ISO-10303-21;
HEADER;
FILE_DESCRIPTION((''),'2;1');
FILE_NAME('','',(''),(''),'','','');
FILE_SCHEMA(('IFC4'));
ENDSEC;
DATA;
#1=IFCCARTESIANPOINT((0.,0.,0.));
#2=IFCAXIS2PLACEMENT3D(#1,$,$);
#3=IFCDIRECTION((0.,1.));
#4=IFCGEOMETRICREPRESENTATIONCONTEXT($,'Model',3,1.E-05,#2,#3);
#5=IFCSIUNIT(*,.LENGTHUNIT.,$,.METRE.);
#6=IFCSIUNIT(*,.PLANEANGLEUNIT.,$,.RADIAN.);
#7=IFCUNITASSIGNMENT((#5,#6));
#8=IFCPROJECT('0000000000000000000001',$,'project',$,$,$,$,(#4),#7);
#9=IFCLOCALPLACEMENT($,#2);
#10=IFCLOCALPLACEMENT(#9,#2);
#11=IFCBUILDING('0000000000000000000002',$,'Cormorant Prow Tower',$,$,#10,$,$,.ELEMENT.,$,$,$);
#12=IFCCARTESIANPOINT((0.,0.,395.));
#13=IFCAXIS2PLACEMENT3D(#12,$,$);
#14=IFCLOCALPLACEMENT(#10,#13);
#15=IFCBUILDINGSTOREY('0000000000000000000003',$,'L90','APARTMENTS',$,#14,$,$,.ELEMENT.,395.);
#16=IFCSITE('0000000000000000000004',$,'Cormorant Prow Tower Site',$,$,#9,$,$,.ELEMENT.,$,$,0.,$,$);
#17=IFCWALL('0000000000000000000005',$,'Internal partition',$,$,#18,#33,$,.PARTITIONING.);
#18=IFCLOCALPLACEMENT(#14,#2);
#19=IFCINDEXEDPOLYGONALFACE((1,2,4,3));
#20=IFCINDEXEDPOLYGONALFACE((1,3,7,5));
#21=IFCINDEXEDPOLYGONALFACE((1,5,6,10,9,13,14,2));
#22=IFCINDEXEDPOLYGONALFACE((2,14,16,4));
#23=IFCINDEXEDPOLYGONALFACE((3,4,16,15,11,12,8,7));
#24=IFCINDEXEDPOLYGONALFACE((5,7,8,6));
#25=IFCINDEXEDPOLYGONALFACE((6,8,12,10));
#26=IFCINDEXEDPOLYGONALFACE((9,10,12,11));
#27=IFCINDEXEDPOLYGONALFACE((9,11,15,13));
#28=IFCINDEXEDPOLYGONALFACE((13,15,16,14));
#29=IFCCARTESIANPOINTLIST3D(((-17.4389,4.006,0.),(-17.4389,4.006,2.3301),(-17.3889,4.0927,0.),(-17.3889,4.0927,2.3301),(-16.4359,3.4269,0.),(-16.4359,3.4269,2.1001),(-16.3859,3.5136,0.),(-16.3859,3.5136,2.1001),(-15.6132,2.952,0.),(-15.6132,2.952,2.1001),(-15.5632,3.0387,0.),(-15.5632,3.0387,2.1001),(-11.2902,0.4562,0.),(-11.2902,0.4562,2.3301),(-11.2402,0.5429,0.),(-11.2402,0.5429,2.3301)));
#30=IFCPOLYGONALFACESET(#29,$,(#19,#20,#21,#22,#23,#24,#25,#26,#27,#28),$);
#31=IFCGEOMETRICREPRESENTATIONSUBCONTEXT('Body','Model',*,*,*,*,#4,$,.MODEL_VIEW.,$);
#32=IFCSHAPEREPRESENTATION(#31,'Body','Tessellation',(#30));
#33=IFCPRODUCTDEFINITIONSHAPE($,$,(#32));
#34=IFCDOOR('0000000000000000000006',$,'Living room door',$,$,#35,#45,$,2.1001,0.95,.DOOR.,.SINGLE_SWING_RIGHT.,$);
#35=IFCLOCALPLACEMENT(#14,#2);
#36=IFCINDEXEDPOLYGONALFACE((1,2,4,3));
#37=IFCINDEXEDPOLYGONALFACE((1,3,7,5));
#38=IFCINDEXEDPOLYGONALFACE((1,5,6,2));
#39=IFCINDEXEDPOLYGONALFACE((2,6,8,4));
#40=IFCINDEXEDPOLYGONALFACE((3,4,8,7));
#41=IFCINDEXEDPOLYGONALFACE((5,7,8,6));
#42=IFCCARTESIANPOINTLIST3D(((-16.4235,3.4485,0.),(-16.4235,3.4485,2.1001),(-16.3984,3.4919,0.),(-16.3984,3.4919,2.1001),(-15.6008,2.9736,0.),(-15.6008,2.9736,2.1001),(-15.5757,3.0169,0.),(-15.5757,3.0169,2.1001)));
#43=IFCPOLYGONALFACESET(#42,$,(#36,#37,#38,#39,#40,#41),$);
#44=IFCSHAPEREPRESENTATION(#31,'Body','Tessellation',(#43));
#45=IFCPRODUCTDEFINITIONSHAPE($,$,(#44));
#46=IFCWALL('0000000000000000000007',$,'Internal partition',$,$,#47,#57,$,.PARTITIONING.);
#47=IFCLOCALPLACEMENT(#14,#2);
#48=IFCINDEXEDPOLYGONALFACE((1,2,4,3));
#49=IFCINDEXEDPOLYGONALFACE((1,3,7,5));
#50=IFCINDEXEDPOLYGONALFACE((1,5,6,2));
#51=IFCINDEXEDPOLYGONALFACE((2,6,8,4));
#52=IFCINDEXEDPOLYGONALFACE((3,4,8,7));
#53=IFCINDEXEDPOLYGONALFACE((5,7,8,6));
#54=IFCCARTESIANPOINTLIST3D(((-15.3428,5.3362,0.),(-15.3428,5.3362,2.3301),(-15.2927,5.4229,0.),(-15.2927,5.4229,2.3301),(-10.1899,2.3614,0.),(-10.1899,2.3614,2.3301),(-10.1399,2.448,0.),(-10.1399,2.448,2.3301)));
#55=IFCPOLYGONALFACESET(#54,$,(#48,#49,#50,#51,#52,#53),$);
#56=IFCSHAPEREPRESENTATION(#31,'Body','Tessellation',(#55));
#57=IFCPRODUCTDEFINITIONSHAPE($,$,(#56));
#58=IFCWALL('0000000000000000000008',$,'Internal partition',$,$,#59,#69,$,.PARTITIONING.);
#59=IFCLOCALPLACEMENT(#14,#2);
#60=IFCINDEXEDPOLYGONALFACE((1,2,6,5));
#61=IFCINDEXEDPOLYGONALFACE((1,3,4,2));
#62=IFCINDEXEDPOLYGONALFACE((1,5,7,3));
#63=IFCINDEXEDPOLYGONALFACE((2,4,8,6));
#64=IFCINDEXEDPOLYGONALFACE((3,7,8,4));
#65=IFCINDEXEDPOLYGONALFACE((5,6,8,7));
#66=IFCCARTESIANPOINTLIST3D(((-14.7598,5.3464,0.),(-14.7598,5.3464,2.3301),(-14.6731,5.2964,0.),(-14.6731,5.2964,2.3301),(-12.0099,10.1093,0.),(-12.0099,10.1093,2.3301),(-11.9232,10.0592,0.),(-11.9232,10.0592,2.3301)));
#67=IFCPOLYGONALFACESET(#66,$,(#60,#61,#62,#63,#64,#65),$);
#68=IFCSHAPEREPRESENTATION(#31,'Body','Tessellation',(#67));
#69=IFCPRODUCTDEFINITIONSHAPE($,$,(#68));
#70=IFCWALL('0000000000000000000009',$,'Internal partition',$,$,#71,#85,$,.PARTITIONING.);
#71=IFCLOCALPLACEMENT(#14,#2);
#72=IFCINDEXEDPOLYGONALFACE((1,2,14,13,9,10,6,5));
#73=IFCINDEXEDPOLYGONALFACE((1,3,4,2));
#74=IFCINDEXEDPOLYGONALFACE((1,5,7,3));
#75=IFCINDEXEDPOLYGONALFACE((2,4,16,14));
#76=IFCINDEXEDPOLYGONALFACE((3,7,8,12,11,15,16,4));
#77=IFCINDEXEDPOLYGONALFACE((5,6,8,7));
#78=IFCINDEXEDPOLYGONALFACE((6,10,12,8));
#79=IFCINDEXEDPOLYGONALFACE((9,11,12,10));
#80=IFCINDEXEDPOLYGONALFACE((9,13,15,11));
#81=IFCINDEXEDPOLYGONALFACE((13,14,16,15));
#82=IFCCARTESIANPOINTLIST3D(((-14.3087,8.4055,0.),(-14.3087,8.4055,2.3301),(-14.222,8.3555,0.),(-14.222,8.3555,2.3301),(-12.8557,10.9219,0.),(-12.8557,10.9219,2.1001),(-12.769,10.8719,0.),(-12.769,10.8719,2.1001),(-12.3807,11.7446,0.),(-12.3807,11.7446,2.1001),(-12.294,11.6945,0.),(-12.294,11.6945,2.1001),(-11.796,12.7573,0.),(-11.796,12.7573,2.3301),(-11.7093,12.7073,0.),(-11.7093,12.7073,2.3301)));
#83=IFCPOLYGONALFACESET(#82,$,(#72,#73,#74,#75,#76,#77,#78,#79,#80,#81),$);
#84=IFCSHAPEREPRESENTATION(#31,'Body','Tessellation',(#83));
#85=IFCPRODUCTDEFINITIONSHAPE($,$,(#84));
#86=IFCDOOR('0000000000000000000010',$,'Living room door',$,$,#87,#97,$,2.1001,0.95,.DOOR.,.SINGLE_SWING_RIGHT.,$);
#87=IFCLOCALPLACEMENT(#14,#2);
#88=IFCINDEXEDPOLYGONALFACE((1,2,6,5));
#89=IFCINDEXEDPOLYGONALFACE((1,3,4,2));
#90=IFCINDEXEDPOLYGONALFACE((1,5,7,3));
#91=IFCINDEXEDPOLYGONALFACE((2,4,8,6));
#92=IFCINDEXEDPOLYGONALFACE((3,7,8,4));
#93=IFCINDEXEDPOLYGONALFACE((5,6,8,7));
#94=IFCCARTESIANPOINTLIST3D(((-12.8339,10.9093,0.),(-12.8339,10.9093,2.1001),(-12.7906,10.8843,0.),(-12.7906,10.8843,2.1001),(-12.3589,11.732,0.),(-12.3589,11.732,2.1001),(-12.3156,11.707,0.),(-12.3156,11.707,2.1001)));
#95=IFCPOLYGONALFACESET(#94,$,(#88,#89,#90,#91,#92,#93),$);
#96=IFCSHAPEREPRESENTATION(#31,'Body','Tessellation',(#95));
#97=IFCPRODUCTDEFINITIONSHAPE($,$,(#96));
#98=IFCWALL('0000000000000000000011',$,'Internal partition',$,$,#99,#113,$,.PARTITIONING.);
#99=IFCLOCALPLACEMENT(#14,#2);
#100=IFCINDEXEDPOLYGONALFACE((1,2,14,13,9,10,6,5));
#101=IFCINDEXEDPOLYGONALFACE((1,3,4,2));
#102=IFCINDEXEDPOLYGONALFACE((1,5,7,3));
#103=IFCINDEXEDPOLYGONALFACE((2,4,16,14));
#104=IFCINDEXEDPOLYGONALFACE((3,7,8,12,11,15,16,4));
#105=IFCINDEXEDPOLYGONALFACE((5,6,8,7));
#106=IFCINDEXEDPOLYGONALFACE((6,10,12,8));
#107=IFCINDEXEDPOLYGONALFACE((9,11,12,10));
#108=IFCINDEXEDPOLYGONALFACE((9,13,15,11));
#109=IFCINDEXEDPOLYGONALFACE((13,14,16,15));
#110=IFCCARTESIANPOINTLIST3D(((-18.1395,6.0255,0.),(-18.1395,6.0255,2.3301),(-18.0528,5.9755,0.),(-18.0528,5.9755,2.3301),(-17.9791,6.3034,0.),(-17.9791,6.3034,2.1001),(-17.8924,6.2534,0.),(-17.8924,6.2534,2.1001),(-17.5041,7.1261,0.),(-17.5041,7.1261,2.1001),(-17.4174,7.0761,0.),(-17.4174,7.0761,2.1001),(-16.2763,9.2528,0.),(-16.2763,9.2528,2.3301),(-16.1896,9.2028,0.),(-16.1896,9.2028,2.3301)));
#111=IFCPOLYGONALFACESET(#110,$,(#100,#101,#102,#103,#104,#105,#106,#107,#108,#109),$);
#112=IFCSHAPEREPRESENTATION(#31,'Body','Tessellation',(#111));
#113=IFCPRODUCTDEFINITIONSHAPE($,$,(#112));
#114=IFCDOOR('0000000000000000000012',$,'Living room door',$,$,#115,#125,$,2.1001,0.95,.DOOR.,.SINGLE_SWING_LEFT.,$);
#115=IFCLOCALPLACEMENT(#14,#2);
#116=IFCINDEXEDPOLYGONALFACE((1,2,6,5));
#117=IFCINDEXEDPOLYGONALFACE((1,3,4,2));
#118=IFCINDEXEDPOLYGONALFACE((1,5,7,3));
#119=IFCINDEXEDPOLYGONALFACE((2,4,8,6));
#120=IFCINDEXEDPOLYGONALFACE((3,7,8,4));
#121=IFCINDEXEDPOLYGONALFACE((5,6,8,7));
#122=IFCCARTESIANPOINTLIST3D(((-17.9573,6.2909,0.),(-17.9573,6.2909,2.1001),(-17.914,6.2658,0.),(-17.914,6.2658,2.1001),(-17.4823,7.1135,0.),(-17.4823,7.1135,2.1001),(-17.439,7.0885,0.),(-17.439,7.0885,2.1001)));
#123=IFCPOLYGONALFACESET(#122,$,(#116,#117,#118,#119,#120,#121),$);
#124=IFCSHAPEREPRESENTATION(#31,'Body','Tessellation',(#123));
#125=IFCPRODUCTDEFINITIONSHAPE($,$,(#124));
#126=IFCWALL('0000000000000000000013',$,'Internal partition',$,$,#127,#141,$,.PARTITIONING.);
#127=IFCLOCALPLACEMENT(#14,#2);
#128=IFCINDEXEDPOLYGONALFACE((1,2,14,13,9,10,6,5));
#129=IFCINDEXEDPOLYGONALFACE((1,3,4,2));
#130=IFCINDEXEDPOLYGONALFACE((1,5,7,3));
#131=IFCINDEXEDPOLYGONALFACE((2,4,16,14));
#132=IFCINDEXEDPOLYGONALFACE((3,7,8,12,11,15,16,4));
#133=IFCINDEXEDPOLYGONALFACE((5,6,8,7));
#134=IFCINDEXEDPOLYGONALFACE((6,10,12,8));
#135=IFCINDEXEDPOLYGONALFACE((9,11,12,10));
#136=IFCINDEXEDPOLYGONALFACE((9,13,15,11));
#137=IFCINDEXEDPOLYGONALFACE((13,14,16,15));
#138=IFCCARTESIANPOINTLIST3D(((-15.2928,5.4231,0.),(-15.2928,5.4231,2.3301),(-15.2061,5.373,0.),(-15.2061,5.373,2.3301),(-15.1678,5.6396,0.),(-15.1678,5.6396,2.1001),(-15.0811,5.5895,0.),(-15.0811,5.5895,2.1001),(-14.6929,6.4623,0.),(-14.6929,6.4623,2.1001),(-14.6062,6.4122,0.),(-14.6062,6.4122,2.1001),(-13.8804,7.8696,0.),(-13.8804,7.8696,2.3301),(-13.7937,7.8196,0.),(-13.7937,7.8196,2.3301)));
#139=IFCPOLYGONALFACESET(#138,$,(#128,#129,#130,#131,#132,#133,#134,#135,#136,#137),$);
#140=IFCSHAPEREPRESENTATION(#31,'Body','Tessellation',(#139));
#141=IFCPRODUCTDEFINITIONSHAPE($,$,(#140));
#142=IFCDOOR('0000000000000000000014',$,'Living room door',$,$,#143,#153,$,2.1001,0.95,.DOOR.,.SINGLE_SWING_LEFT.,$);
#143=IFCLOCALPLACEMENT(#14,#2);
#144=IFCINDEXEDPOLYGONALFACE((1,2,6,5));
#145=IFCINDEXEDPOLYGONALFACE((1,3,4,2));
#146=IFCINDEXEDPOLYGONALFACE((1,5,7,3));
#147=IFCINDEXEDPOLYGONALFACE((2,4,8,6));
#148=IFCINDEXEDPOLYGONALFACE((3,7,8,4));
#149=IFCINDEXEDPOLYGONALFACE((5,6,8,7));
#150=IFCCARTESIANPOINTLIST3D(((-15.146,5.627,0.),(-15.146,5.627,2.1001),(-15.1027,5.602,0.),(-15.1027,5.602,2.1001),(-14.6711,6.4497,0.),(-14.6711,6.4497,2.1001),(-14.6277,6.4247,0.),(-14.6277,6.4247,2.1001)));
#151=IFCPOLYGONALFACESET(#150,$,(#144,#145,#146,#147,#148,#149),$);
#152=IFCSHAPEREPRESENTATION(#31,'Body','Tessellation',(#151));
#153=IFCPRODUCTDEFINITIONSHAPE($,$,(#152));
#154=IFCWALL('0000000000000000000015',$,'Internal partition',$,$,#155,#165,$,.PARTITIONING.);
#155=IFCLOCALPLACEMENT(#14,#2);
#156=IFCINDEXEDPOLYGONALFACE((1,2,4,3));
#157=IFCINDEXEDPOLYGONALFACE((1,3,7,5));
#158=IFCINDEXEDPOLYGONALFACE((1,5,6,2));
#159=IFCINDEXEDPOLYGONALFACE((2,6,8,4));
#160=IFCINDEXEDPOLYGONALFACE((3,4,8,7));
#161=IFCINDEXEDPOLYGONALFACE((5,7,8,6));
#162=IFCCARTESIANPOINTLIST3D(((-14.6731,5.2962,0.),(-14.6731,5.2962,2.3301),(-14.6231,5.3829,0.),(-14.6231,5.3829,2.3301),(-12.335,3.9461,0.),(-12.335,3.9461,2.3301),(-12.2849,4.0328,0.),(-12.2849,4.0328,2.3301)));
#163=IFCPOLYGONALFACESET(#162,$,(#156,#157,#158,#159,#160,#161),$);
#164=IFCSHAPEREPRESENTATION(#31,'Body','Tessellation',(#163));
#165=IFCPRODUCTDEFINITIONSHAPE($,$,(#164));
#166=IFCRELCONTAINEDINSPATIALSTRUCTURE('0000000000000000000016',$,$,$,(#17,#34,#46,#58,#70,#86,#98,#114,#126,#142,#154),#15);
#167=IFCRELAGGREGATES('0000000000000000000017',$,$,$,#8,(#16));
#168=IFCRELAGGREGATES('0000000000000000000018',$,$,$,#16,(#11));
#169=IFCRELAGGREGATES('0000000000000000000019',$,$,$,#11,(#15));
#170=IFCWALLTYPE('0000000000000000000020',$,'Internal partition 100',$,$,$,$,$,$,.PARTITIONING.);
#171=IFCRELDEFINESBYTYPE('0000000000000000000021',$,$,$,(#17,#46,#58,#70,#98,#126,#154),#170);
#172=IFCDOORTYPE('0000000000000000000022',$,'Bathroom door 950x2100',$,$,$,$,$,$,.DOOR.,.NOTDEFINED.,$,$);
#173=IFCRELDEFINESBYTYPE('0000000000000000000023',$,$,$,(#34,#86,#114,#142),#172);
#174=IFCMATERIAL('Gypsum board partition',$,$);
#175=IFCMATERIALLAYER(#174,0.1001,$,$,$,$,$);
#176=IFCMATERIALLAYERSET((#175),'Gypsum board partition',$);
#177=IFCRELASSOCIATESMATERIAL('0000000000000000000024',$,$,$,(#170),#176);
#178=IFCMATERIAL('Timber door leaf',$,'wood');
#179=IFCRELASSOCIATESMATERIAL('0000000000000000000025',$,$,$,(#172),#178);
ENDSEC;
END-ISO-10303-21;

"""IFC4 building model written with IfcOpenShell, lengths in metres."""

from ifc_helpers import new_model, si_unit, direction, frame, frame_2d, origin, place, context, subcontext, project, spatial, rectangle, extrude, material, layer, layer_set, type_object, element, fill, save


model = new_model("IFC4")

# Units and contexts
model_context = context("Model", 3, precision=1e-05, world=origin(), true_north=direction((0.0, 1.0)))
body_context = subcontext(model_context, "Body", "Model", "MODEL_VIEW")
ifc_project = project(units=[si_unit("LENGTHUNIT", "METRE"), si_unit("PLANEANGLEUNIT", "RADIAN")], contexts=[model_context])

# Site, building, storey
site_placement = place(None, origin())
site = spatial("IfcSite", under=ifc_project, at=site_placement, Name="Cormorant Prow Tower Site", CompositionType="ELEMENT", RefElevation=0.0)
building_placement = place(site_placement, origin())
building = spatial("IfcBuilding", under=site, at=building_placement, Name="Cormorant Prow Tower", CompositionType="ELEMENT")
storey_placement = place(building_placement, frame((0.0, 0.0, 395.0)))
storey = spatial("IfcBuildingStorey", under=building, at=storey_placement, Name="L90", Description="APARTMENTS", CompositionType="ELEMENT", Elevation=395.0)

# Wall, opening, door
ifc_material_1 = material(Name="Gypsum board partition")
ifc_layer_1 = layer(ifc_material_1, 0.1001)
ifc_layer_set_1 = layer_set([ifc_layer_1], Name="Gypsum board partition")
wall_type_1 = type_object("IfcWallType", Name="Internal partition 100", PredefinedType="PARTITIONING", material=ifc_layer_set_1)
ifc_material_2 = material(Name="Timber door leaf", Category="wood")
door_type_1 = type_object("IfcDoorType", Name="Bathroom door 950x2100", OperationType="NOTDEFINED", PredefinedType="DOOR", material=ifc_material_2)
wall_1_placement = place(storey_placement, frame((-17.4138, 4.0493, 0.0), z_axis=(0.0, 0.0, 1.0), x_axis=(0.866034, -0.499985, 0.0)))
wall_1 = element("IfcWall", 1, at=wall_1_placement, inside=storey, type_object=wall_type_1, Name="Internal partition", PredefinedType="PARTITIONING", context=body_context, shape_type="SweptSolid", body=[
    extrude(rectangle(XDim=7.0999, YDim=0.1001, at=frame_2d((3.5498, 0.0))), origin(), (0.0, 0.0, 1.0), 2.3301),
])
opening_1_placement = place(wall_1_placement, frame((1.158, 0.0, 0.0)))
opening_1 = element("IfcOpeningElement", 2, at=opening_1_placement, cuts=wall_1, PredefinedType="OPENING", context=body_context, shape_type="SweptSolid", body=[
    extrude(rectangle(XDim=0.95, YDim=2.1001, at=frame_2d((0.4751, 1.05))), frame((0.0, 0.0601, 0.0), z_axis=(0.0, -1.0, 0.0), x_axis=(1.0, 0.0, 0.0)), (0.0, 0.0, 1.0), 0.1201),
])
door_1_placement = place(opening_1_placement, origin())
door_1 = element("IfcDoor", 3, at=door_1_placement, inside=storey, type_object=door_type_1, Name="Living room door", OperationType="SINGLE_SWING_RIGHT", OverallHeight=2.1001, OverallWidth=0.95, PredefinedType="DOOR", context=body_context, shape_type="SweptSolid", body=[
    extrude(rectangle(XDim=0.95, YDim=2.1001, at=frame_2d((0.4751, 1.05))), frame((0.0, 0.0249, 0.0), z_axis=(0.0, -1.0, 0.0), x_axis=(1.0, 0.0, 0.0)), (0.0, 0.0, 1.0), 0.05),
])
fill(opening_1, door_1)

# Walls
wall_2_placement = place(storey_placement, frame((-15.3179, 5.3796, 0.0), z_axis=(0.0, 0.0, 1.0), x_axis=(0.866035, -0.499983, 0.0)))
element("IfcWall", 4, at=wall_2_placement, inside=storey, type_object=wall_type_1, Name="Internal partition", PredefinedType="PARTITIONING", context=body_context, shape_type="SweptSolid", body=[
    extrude(rectangle(XDim=5.95, YDim=0.1001, at=frame_2d((2.9751, 0.0))), origin(), (0.0, 0.0, 1.0), 2.3301),
])
wall_3_placement = place(storey_placement, frame((-14.7166, 5.3213, 0.0), z_axis=(0.0, 0.0, 1.0), x_axis=(0.500016, 0.866016, 0.0)))
element("IfcWall", 5, at=wall_3_placement, inside=storey, type_object=wall_type_1, Name="Internal partition", PredefinedType="PARTITIONING", context=body_context, shape_type="SweptSolid", body=[
    extrude(rectangle(XDim=5.4998, YDim=0.1001, at=frame_2d((2.75, 0.0))), origin(), (0.0, 0.0, 1.0), 2.3301),
])

# Walls, openings, doors
wall_4_placement = place(storey_placement, frame((-14.2654, 8.3804, 0.0), z_axis=(0.0, 0.0, 1.0), x_axis=(0.500027, 0.86601, 0.0)))
wall_4 = element("IfcWall", 6, at=wall_4_placement, inside=storey, type_object=wall_type_1, Name="Internal partition", PredefinedType="PARTITIONING", context=body_context, shape_type="SweptSolid", body=[
    extrude(rectangle(XDim=5.0251, YDim=0.1001, at=frame_2d((2.5127, 0.0))), origin(), (0.0, 0.0, 1.0), 2.3301),
])
opening_2_placement = place(wall_4_placement, frame((2.9058, 0.0, 0.0)))
opening_2 = element("IfcOpeningElement", 7, at=opening_2_placement, cuts=wall_4, PredefinedType="OPENING", context=body_context, shape_type="SweptSolid", body=[
    extrude(rectangle(XDim=0.95, YDim=2.1001, at=frame_2d((0.4751, 1.05))), frame((0.0, 0.0601, 0.0), z_axis=(0.0, -1.0, 0.0), x_axis=(1.0, 0.0, 0.0)), (0.0, 0.0, 1.0), 0.1201),
])
door_2_placement = place(opening_2_placement, origin())
door_2 = element("IfcDoor", 8, at=door_2_placement, inside=storey, type_object=door_type_1, Name="Living room door", OperationType="SINGLE_SWING_RIGHT", OverallHeight=2.1001, OverallWidth=0.95, PredefinedType="DOOR", context=body_context, shape_type="SweptSolid", body=[
    extrude(rectangle(XDim=0.95, YDim=2.1001, at=frame_2d((0.4751, 1.05))), frame((0.0, 0.0249, 0.0), z_axis=(0.0, -1.0, 0.0), x_axis=(1.0, 0.0, 0.0)), (0.0, 0.0, 1.0), 0.05),
])
fill(opening_2, door_2)
wall_5_placement = place(storey_placement, frame((-18.0962, 6.0005, 0.0), z_axis=(0.0, 0.0, 1.0), x_axis=(0.5, 0.866025, 0.0)))
wall_5 = element("IfcWall", 9, at=wall_5_placement, inside=storey, type_object=wall_type_1, Name="Internal partition", PredefinedType="PARTITIONING", context=body_context, shape_type="SweptSolid", body=[
    extrude(rectangle(XDim=3.7266, YDim=0.1001, at=frame_2d((1.8633, 0.0))), origin(), (0.0, 0.0, 1.0), 2.3301),
])
opening_3_placement = place(wall_5_placement, frame((0.3208, 0.0, 0.0)))
opening_3 = element("IfcOpeningElement", 10, at=opening_3_placement, cuts=wall_5, PredefinedType="OPENING", context=body_context, shape_type="SweptSolid", body=[
    extrude(rectangle(XDim=0.95, YDim=2.1001, at=frame_2d((0.4751, 1.05))), frame((0.0, 0.0601, 0.0), z_axis=(0.0, -1.0, 0.0), x_axis=(1.0, 0.0, 0.0)), (0.0, 0.0, 1.0), 0.1201),
])
door_3_placement = place(opening_3_placement, origin())
door_3 = element("IfcDoor", 11, at=door_3_placement, inside=storey, type_object=door_type_1, Name="Living room door", OperationType="SINGLE_SWING_LEFT", OverallHeight=2.1001, OverallWidth=0.95, PredefinedType="DOOR", context=body_context, shape_type="SweptSolid", body=[
    extrude(rectangle(XDim=0.95, YDim=2.1001, at=frame_2d((0.4751, 1.05))), frame((0.0, 0.0249, 0.0), z_axis=(0.0, -1.0, 0.0), x_axis=(1.0, 0.0, 0.0)), (0.0, 0.0, 1.0), 0.05),
])
fill(opening_3, door_3)
wall_6_placement = place(storey_placement, frame((-15.2495, 5.3979, 0.0), z_axis=(0.0, 0.0, 1.0), x_axis=(0.499959, 0.866049, 0.0)))
wall_6 = element("IfcWall", 12, at=wall_6_placement, inside=storey, type_object=wall_type_1, Name="Internal partition", PredefinedType="PARTITIONING", context=body_context, shape_type="SweptSolid", body=[
    extrude(rectangle(XDim=2.825, YDim=0.1001, at=frame_2d((1.4126, 0.0))), origin(), (0.0, 0.0, 1.0), 2.3301),
])
opening_4_placement = place(wall_6_placement, frame((0.25, 0.0, 0.0)))
opening_4 = element("IfcOpeningElement", 13, at=opening_4_placement, cuts=wall_6, PredefinedType="OPENING", context=body_context, shape_type="SweptSolid", body=[
    extrude(rectangle(XDim=0.95, YDim=2.1001, at=frame_2d((0.4751, 1.05))), frame((0.0, 0.0601, 0.0), z_axis=(0.0, -1.0, 0.0), x_axis=(1.0, 0.0, 0.0)), (0.0, 0.0, 1.0), 0.1201),
])
door_4_placement = place(opening_4_placement, origin())
door_4 = element("IfcDoor", 14, at=door_4_placement, inside=storey, type_object=door_type_1, Name="Living room door", OperationType="SINGLE_SWING_LEFT", OverallHeight=2.1001, OverallWidth=0.95, PredefinedType="DOOR", context=body_context, shape_type="SweptSolid", body=[
    extrude(rectangle(XDim=0.95, YDim=2.1001, at=frame_2d((0.4751, 1.05))), frame((0.0, 0.0249, 0.0), z_axis=(0.0, -1.0, 0.0), x_axis=(1.0, 0.0, 0.0)), (0.0, 0.0, 1.0), 0.05),
])
fill(opening_4, door_4)

# Wall
wall_7_placement = place(storey_placement, frame((-14.6482, 5.3396, 0.0), z_axis=(0.0, 0.0, 1.0), x_axis=(0.865997, -0.500049, 0.0)))
element("IfcWall", 15, at=wall_7_placement, inside=storey, type_object=wall_type_1, Name="Internal partition", PredefinedType="PARTITIONING", context=body_context, shape_type="SweptSolid", body=[
    extrude(rectangle(XDim=2.7, YDim=0.1001, at=frame_2d((1.3501, 0.0))), origin(), (0.0, 0.0, 1.0), 2.3301),
])

save(model, "model.ifc")
